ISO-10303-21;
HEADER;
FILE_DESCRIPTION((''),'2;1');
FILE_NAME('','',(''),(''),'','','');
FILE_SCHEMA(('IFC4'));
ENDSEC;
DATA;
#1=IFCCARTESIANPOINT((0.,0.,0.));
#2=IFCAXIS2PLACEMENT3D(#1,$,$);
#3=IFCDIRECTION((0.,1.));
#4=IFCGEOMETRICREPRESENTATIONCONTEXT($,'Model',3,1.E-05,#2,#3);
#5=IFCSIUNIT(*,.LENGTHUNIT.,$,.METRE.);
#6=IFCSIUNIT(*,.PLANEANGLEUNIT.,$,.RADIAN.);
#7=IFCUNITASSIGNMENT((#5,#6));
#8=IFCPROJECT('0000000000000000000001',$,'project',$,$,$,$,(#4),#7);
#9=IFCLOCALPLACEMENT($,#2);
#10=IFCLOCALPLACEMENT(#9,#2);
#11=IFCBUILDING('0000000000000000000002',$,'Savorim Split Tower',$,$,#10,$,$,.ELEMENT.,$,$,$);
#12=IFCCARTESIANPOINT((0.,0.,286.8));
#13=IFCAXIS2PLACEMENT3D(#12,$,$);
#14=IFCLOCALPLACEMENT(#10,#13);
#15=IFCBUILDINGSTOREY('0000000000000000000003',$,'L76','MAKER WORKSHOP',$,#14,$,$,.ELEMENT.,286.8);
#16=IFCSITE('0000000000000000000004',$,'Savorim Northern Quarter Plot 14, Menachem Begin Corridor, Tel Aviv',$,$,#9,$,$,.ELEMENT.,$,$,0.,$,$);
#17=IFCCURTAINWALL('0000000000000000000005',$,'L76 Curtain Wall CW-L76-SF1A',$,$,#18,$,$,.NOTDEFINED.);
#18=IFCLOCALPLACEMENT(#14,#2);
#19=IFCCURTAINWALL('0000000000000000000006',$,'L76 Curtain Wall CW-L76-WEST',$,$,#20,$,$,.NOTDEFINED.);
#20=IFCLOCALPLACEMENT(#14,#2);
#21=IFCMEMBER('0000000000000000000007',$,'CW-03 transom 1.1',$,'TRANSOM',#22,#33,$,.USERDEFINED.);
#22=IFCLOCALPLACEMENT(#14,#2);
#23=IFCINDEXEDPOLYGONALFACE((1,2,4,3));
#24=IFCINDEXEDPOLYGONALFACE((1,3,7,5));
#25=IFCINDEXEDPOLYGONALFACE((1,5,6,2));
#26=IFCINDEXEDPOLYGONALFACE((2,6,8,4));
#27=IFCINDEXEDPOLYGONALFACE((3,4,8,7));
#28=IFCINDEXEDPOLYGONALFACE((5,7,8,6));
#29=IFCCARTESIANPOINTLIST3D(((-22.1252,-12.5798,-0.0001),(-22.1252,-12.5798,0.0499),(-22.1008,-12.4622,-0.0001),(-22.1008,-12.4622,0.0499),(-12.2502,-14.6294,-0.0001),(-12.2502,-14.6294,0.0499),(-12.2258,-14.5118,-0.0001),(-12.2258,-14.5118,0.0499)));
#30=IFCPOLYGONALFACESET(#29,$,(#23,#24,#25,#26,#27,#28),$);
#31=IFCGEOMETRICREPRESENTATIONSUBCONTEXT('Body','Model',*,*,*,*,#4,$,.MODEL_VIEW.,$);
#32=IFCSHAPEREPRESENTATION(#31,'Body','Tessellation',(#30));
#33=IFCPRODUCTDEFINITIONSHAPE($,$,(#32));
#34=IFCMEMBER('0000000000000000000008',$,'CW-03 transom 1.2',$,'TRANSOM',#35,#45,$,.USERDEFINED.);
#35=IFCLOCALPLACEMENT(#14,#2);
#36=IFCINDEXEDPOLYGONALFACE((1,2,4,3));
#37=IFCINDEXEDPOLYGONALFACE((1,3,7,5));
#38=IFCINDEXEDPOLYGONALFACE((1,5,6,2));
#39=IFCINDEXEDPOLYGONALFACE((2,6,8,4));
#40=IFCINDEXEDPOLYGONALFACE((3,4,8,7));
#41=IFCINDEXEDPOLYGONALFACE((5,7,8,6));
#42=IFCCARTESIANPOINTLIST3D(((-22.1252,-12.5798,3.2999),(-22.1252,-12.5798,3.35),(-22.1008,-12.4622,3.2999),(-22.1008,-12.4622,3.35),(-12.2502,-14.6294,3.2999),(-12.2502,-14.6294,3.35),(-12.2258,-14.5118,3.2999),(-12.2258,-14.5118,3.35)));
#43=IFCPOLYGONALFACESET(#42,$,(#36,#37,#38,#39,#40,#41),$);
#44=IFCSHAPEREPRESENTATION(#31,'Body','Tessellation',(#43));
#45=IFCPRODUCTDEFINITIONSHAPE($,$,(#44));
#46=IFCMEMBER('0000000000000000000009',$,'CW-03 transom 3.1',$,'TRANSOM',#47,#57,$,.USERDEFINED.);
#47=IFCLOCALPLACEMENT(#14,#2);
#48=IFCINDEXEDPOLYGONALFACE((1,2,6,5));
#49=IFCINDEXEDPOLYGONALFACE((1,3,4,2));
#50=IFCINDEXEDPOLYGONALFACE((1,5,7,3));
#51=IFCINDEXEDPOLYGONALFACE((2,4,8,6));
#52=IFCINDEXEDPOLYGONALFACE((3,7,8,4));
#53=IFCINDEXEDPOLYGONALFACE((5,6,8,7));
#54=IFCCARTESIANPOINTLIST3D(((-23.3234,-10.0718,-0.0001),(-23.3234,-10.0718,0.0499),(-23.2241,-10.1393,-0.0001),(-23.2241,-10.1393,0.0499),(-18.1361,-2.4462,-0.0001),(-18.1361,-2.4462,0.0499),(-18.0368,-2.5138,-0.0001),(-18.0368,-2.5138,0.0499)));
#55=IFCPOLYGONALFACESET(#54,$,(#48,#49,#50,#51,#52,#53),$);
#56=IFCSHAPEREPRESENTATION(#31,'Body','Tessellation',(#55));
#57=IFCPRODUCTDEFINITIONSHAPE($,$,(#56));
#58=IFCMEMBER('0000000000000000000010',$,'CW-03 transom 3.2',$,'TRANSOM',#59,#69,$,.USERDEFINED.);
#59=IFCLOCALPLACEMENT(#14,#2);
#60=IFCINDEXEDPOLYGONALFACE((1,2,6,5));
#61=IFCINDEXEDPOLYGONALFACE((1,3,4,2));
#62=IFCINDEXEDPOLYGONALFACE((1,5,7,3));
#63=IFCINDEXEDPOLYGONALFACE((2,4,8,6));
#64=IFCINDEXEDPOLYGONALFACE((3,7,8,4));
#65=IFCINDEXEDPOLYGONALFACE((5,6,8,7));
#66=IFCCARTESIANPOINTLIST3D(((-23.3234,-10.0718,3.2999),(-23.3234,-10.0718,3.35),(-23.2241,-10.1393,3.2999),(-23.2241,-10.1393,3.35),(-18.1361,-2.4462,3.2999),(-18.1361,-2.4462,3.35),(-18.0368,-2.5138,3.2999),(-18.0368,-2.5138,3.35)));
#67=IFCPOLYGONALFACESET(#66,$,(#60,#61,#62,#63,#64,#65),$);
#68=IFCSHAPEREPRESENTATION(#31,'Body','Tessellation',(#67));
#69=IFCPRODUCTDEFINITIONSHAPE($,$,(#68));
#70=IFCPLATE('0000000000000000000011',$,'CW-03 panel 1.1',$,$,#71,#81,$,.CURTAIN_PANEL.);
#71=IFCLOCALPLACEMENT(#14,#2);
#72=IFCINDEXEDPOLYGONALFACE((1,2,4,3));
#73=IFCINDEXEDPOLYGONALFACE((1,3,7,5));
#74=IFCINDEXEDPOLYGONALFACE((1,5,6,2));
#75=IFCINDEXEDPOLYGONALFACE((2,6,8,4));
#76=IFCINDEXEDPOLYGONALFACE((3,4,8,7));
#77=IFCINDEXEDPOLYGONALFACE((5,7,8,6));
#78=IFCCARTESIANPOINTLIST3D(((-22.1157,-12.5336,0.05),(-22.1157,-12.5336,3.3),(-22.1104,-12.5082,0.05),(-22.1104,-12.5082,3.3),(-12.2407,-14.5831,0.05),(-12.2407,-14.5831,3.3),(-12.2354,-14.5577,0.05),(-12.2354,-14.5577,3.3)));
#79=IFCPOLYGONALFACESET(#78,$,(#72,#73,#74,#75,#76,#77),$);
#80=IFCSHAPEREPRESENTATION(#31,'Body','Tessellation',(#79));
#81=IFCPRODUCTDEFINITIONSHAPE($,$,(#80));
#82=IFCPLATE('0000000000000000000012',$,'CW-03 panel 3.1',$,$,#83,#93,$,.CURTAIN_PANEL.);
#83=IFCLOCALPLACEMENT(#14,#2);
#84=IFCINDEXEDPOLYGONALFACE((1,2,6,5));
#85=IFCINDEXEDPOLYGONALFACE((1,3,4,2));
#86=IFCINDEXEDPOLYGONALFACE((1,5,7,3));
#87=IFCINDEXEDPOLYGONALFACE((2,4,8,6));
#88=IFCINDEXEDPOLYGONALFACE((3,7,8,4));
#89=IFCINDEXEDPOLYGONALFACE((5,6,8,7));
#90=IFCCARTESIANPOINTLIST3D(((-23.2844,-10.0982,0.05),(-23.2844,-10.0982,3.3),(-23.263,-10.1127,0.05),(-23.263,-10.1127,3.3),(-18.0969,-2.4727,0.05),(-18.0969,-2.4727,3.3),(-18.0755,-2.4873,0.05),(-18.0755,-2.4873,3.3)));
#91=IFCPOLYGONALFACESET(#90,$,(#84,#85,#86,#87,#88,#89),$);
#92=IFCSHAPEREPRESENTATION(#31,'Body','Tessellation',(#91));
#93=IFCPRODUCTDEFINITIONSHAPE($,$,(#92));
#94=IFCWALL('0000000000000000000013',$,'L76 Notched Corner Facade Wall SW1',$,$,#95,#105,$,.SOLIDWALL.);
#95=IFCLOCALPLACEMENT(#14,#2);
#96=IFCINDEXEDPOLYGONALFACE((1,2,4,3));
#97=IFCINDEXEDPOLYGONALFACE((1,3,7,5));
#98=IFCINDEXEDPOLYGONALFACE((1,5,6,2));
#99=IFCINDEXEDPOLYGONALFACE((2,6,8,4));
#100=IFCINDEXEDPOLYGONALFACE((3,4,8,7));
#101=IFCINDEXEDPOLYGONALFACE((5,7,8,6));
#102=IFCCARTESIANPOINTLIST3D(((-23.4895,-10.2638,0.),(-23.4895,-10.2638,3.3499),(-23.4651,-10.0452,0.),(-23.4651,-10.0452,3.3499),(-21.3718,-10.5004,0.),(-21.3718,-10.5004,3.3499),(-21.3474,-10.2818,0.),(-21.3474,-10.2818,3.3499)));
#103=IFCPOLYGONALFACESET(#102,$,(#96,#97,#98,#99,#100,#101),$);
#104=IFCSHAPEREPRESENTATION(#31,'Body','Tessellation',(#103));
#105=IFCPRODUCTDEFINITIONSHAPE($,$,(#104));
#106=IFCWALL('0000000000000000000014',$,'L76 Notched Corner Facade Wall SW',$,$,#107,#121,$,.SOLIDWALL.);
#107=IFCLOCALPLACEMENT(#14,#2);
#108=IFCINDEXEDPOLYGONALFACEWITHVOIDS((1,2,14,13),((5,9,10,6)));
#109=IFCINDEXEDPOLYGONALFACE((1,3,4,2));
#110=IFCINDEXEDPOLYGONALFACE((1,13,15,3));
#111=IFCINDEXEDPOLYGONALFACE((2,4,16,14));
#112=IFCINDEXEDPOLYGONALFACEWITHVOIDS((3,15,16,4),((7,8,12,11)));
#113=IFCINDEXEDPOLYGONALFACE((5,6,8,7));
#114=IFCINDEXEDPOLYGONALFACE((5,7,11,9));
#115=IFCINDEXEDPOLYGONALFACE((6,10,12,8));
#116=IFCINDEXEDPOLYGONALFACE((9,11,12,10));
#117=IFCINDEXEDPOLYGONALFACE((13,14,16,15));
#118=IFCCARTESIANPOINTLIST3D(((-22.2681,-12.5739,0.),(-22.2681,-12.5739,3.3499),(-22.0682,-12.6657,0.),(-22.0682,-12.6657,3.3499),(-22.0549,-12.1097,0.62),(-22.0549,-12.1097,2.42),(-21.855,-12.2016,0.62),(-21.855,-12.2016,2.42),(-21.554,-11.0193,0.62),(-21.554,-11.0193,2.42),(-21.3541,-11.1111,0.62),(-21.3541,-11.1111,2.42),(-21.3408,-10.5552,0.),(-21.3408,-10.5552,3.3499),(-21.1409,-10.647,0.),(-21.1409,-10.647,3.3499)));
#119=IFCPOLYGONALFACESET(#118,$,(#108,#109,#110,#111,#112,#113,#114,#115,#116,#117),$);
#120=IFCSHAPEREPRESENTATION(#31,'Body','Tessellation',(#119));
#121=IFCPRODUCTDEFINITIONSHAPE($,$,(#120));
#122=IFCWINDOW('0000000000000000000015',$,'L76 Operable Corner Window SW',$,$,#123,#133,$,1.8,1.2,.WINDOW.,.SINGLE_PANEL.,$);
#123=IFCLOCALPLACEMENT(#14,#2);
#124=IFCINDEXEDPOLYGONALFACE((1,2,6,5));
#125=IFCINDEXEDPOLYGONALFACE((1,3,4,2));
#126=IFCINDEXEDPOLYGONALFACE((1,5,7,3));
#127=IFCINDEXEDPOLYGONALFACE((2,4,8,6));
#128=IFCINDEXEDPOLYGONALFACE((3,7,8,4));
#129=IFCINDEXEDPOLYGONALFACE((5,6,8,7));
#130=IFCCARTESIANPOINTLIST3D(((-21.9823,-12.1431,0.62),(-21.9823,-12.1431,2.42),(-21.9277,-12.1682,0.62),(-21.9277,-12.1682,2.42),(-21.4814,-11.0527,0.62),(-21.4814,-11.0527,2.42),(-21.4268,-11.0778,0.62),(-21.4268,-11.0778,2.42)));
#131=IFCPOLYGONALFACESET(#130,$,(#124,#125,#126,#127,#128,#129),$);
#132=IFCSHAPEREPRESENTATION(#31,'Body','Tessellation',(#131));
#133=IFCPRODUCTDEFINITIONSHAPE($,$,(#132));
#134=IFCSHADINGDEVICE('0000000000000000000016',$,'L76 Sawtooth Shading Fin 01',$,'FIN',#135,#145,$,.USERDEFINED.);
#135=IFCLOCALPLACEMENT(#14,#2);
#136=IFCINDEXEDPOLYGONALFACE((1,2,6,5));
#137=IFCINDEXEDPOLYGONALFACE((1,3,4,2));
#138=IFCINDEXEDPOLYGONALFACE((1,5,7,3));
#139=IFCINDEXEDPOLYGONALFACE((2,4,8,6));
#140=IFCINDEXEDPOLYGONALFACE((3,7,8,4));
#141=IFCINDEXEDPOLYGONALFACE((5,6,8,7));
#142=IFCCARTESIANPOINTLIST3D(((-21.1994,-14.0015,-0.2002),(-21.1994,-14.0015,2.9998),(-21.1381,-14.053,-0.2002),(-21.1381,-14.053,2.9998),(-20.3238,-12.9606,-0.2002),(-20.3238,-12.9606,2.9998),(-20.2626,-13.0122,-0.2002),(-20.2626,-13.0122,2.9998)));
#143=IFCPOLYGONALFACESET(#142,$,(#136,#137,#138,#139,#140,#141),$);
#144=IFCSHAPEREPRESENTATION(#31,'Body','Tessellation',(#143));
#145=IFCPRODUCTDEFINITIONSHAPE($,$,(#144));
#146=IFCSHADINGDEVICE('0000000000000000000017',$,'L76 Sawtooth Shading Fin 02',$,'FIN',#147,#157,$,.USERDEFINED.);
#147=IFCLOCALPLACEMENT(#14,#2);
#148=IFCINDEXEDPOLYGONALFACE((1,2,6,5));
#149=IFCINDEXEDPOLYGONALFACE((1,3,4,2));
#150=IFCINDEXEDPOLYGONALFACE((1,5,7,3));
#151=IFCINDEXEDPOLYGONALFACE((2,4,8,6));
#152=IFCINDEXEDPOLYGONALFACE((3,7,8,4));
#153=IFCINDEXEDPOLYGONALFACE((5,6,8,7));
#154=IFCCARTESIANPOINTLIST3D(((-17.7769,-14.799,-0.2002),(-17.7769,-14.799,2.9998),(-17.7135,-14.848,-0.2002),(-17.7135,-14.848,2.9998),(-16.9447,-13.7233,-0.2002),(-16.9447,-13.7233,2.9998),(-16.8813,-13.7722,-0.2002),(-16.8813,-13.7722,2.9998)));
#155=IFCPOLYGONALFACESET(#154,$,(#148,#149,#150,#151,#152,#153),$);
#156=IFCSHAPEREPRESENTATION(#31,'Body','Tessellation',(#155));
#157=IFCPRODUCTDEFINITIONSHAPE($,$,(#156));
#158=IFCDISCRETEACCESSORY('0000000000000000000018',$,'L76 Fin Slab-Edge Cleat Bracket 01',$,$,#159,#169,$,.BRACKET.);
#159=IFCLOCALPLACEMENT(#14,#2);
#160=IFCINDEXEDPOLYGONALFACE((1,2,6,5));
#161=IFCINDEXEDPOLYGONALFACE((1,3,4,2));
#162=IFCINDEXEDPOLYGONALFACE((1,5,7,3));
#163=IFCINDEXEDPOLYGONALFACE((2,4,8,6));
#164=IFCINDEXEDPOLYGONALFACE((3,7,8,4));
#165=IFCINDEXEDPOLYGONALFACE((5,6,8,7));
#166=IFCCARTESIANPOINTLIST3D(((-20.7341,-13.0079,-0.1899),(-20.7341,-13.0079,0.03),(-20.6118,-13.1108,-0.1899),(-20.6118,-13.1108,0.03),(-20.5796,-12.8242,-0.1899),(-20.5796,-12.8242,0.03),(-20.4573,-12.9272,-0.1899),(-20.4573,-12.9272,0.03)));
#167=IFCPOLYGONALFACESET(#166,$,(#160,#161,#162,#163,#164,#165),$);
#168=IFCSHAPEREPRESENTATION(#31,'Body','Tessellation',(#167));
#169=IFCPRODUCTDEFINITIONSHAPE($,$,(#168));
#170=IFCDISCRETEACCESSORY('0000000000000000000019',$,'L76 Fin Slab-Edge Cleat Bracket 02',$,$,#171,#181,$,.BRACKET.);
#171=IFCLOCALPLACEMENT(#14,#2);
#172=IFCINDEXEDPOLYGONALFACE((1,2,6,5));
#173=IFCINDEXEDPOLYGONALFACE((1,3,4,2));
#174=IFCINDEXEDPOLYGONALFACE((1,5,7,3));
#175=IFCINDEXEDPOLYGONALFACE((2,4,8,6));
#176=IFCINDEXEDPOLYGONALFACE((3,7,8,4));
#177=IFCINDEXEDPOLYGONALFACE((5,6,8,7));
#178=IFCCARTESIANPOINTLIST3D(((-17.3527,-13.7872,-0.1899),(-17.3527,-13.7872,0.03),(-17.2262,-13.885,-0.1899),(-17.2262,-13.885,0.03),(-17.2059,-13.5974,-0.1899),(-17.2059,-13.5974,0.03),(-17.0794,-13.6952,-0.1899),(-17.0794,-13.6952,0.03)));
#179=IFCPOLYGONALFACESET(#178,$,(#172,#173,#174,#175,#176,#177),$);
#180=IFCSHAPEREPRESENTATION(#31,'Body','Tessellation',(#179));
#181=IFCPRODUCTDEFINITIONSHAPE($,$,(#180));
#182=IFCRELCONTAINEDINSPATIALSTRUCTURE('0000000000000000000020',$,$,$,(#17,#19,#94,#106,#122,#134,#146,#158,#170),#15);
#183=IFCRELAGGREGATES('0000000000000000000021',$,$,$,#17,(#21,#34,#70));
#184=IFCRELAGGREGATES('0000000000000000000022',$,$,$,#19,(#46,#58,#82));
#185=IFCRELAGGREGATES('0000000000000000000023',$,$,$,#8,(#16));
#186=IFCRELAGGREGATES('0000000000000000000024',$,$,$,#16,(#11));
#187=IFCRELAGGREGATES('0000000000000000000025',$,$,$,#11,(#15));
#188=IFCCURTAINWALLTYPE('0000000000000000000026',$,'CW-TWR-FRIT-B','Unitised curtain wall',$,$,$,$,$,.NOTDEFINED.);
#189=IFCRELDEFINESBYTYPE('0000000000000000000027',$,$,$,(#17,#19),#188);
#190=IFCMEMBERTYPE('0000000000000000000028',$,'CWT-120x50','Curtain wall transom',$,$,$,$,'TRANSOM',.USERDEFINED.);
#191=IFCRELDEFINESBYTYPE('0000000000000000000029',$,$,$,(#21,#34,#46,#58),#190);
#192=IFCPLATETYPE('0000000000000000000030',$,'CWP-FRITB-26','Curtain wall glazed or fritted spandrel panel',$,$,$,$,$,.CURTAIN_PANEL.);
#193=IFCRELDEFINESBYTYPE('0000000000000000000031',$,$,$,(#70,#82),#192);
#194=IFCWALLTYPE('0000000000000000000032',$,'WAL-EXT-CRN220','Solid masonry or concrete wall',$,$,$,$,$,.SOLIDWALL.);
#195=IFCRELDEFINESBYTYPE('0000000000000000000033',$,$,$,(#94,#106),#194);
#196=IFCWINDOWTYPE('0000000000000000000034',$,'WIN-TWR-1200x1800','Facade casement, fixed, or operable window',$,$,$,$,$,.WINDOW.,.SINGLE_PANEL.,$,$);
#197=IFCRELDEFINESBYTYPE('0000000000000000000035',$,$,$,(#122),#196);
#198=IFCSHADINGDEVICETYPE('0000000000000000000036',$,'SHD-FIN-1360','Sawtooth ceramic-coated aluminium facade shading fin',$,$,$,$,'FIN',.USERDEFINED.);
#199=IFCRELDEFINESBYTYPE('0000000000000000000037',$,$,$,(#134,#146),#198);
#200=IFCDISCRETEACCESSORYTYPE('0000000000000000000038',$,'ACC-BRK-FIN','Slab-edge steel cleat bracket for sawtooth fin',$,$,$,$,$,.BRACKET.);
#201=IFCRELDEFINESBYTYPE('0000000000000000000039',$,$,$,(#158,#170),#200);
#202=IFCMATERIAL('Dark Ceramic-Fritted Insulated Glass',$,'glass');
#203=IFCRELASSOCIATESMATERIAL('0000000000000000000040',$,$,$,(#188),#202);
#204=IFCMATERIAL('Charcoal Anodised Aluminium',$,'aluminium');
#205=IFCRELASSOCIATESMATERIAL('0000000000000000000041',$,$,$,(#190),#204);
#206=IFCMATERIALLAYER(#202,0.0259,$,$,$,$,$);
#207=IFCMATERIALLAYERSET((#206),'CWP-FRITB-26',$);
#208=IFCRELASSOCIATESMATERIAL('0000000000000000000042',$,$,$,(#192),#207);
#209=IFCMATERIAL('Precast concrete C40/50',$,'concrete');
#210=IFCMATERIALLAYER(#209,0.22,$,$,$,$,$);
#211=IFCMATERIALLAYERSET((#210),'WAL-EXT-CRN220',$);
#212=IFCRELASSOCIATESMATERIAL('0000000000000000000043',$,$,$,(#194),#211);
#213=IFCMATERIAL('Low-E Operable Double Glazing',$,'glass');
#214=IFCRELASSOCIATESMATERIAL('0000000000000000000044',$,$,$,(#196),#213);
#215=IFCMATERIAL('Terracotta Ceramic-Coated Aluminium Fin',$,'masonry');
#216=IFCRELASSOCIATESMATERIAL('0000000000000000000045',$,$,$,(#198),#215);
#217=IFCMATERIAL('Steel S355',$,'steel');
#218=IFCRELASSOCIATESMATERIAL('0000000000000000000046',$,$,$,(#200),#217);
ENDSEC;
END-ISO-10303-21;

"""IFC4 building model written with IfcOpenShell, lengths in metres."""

from ifc_helpers import new_model, si_unit, direction, frame, frame_2d, origin, origin_2d, place, context, subcontext, project, spatial, rectangle, extrude, material, layer, layer_set, material_profile, profile_set, type_object, element, fill, aggregate, save


model = new_model("IFC4")

# Units and contexts
model_context = context("Model", 3, precision=1e-05, world=origin(), true_north=direction((0.0, 1.0)))
body_context = subcontext(model_context, "Body", "Model", "MODEL_VIEW")
ifc_project = project(units=[si_unit("LENGTHUNIT", "METRE"), si_unit("PLANEANGLEUNIT", "RADIAN")], contexts=[model_context])

# Site, building, storey
site_placement = place(None, origin())
site = spatial("IfcSite", under=ifc_project, at=site_placement, Name="Savorim Northern Quarter Plot 14, Menachem Begin Corridor, Tel Aviv", CompositionType="ELEMENT", RefElevation=0.0)
building_placement = place(site_placement, origin())
building = spatial("IfcBuilding", under=site, at=building_placement, Name="Savorim Split Tower", CompositionType="ELEMENT")
storey_placement = place(building_placement, frame((0.0, 0.0, 286.8)))
storey = spatial("IfcBuildingStorey", under=building, at=storey_placement, Name="L76", Description="MAKER WORKSHOP", CompositionType="ELEMENT", Elevation=286.8)

# Shared definitions
ifc_material_1 = material(Name="Steel S355", Category="steel")

# Curtain wall
ifc_material_2 = material(Name="Dark Ceramic-Fritted Insulated Glass", Category="glass")
curtain_wall_type = type_object("IfcCurtainWallType", Name="CW-TWR-FRIT-B", Description="Unitised curtain wall", PredefinedType="NOTDEFINED", material=ifc_material_2)
curtain_wall_1_placement = place(storey_placement, origin())
curtain_wall_1 = element("IfcCurtainWall", 1, at=curtain_wall_1_placement, inside=storey, type_object=curtain_wall_type, Name="L76 Curtain Wall CW-L76-SF1A", PredefinedType="NOTDEFINED")
ifc_material_3 = material(Name="Charcoal Anodised Aluminium", Category="aluminium")

# Curtain wall
curtain_wall_2_placement = place(storey_placement, origin())
curtain_wall_2 = element("IfcCurtainWall", 2, at=curtain_wall_2_placement, inside=storey, type_object=curtain_wall_type, Name="L76 Curtain Wall CW-L76-WEST", PredefinedType="NOTDEFINED")

# Members
ifc_material_profile_1 = material_profile(ifc_material_3, rectangle(XDim=0.1201, YDim=0.05, at=origin_2d()), Name="ALU-T 120x50")
ifc_profile_set_1 = profile_set([ifc_material_profile_1], Name="Charcoal Anodised Aluminium")
member_type_1 = type_object("IfcMemberType", Name="CWT-120x50", Description="Curtain wall transom", ElementType="TRANSOM", PredefinedType="USERDEFINED", material=ifc_profile_set_1)
member_1_placement = place(storey_placement, frame((-22.113, -12.521, 0.0249), z_axis=(0.979133, -0.20322, 0.0), x_axis=(0.20322, 0.979133, 0.0)))
member_1 = element("IfcMember", 3, at=member_1_placement, type_object=member_type_1, Name="CW-03 transom 1.1", ObjectType="TRANSOM", PredefinedType="USERDEFINED", context=body_context, shape_type="SweptSolid", body=[
    extrude(rectangle(XDim=0.1201, YDim=0.05, at=origin_2d()), origin(), (0.0, 0.0, 1.0), 10.0854),
])
member_2_placement = place(storey_placement, frame((-22.113, -12.521, 3.325), z_axis=(0.979133, -0.20322, 0.0), x_axis=(0.20322, 0.979133, 0.0)))
member_2 = element("IfcMember", 4, at=member_2_placement, type_object=member_type_1, Name="CW-03 transom 1.2", ObjectType="TRANSOM", PredefinedType="USERDEFINED", context=body_context, shape_type="SweptSolid", body=[
    extrude(rectangle(XDim=0.1201, YDim=0.05, at=origin_2d()), origin(), (0.0, 0.0, 1.0), 10.0854),
])
member_3_placement = place(storey_placement, frame((-18.0864, -2.48, 0.0249), z_axis=(-0.562453, -0.826829, 0.0), x_axis=(0.826829, -0.562453, 0.0)))
member_3 = element("IfcMember", 5, at=member_3_placement, type_object=member_type_1, Name="CW-03 transom 3.1", ObjectType="TRANSOM", PredefinedType="USERDEFINED", context=body_context, shape_type="SweptSolid", body=[
    extrude(rectangle(XDim=0.1201, YDim=0.05, at=origin_2d()), origin(), (0.0, 0.0, 1.0), 9.2227),
])
member_4_placement = place(storey_placement, frame((-18.0864, -2.48, 3.325), z_axis=(-0.562453, -0.826829, 0.0), x_axis=(0.826829, -0.562453, 0.0)))
member_4 = element("IfcMember", 6, at=member_4_placement, type_object=member_type_1, Name="CW-03 transom 3.2", ObjectType="TRANSOM", PredefinedType="USERDEFINED", context=body_context, shape_type="SweptSolid", body=[
    extrude(rectangle(XDim=0.1201, YDim=0.05, at=origin_2d()), origin(), (0.0, 0.0, 1.0), 9.2227),
])

# Plates
ifc_layer_1 = layer(ifc_material_2, 0.0259)
ifc_layer_set_1 = layer_set([ifc_layer_1], Name="CWP-FRITB-26")
plate_type = type_object("IfcPlateType", Name="CWP-FRITB-26", Description="Curtain wall glazed or fritted spandrel panel", PredefinedType="CURTAIN_PANEL", material=ifc_layer_set_1)
plate_1_placement = place(storey_placement, frame((-17.1755, -13.5457, 0.05), z_axis=(0.0, 0.0, 1.0), x_axis=(0.979134, -0.203215, 0.0)))
plate_1 = element("IfcPlate", 7, at=plate_1_placement, type_object=plate_type, Name="CW-03 panel 1.1", PredefinedType="CURTAIN_PANEL", context=body_context, shape_type="SweptSolid", body=[
    extrude(rectangle(XDim=10.0854, YDim=0.0259, at=origin_2d()), origin(), (0.0, 0.0, 1.0), 3.25),
])
aggregate(curtain_wall_1, [member_1, member_2, plate_1])
plate_2_placement = place(storey_placement, frame((-20.6799, -6.2927, 0.05), z_axis=(0.0, 0.0, 1.0), x_axis=(-0.56247, -0.826818, 0.0)))
plate_2 = element("IfcPlate", 8, at=plate_2_placement, type_object=plate_type, Name="CW-03 panel 3.1", PredefinedType="CURTAIN_PANEL", context=body_context, shape_type="SweptSolid", body=[
    extrude(rectangle(XDim=9.2227, YDim=0.0259, at=origin_2d()), origin(), (0.0, 0.0, 1.0), 3.25),
])
aggregate(curtain_wall_2, [member_3, member_4, plate_2])

# Wall
ifc_material_4 = material(Name="Precast concrete C40/50", Category="concrete")
ifc_layer_2 = layer(ifc_material_4, 0.22)
ifc_layer_set_2 = layer_set([ifc_layer_2], Name="WAL-EXT-CRN220")
wall_type = type_object("IfcWallType", Name="WAL-EXT-CRN220", Description="Solid masonry or concrete wall", PredefinedType="SOLIDWALL", material=ifc_layer_set_2)
wall_1_placement = place(storey_placement, frame((-21.3596, -10.3911, 0.0), z_axis=(0.0, 0.0, 1.0), x_axis=(-0.993818, 0.111023, 0.0)))
element("IfcWall", 9, at=wall_1_placement, inside=storey, type_object=wall_type, Name="L76 Notched Corner Facade Wall SW1", PredefinedType="SOLIDWALL", context=body_context, shape_type="SweptSolid", body=[
    extrude(rectangle(XDim=2.1309, YDim=0.22, at=frame_2d((1.0654, 0.0))), origin(), (0.0, 0.0, 1.0), 3.3499),
])

# Wall, opening, window
wall_2_placement = place(storey_placement, frame((-22.1682, -12.6199, 0.0), z_axis=(0.0, 0.0, 1.0), x_axis=(0.417427, 0.908711, 0.0)))
wall_2 = element("IfcWall", 10, at=wall_2_placement, inside=storey, type_object=wall_type, Name="L76 Notched Corner Facade Wall SW", PredefinedType="SOLIDWALL", context=body_context, shape_type="SweptSolid", body=[
    extrude(rectangle(XDim=2.2214, YDim=0.22, at=frame_2d((1.1108, 0.0))), origin(), (0.0, 0.0, 1.0), 3.3499),
])
opening_placement = place(wall_2_placement, frame((0.5107, 0.0, 0.6201)))
opening = element("IfcOpeningElement", 11, at=opening_placement, cuts=wall_2, PredefinedType="OPENING", context=body_context, shape_type="SweptSolid", body=[
    extrude(rectangle(XDim=1.2, YDim=1.8, at=frame_2d((0.6001, 0.8999))), frame((0.0, 0.1199, 0.0), z_axis=(0.0, -1.0, 0.0), x_axis=(1.0, 0.0, 0.0)), (0.0, 0.0, 1.0), 0.24),
])
ifc_material_5 = material(Name="Low-E Operable Double Glazing", Category="glass")
window_type = type_object("IfcWindowType", Name="WIN-TWR-1200x1800", Description="Facade casement, fixed, or operable window", PartitioningType="SINGLE_PANEL", PredefinedType="WINDOW", material=ifc_material_5)
window_placement = place(opening_placement, origin())
window = element("IfcWindow", 12, at=window_placement, inside=storey, type_object=window_type, Name="L76 Operable Corner Window SW", OverallHeight=1.8, OverallWidth=1.2, PartitioningType="SINGLE_PANEL", PredefinedType="WINDOW", context=body_context, shape_type="SweptSolid", body=[
    extrude(rectangle(XDim=1.2, YDim=1.8, at=frame_2d((0.6001, 0.8999))), frame((0.0, 0.03, 0.0), z_axis=(0.0, -1.0, 0.0), x_axis=(1.0, 0.0, 0.0)), (0.0, 0.0, 1.0), 0.0601),
])
fill(opening, window)

# Shading devices
ifc_material_6 = material(Name="Terracotta Ceramic-Coated Aluminium Fin", Category="masonry")
shading_device_type = type_object("IfcShadingDeviceType", Name="SHD-FIN-1360", Description="Sawtooth ceramic-coated aluminium facade shading fin", ElementType="FIN", PredefinedType="USERDEFINED", material=ifc_material_6)
for number, where, z_axis, x_axis, name in (
    (13, (-20.731, -13.5068, -0.2002), (0.0, 0.0, 1.0), (-0.643719, -0.765262, 0.0), "L76 Sawtooth Shading Fin 01"),
    (14, (-17.3291, -14.2856, -0.2002), (0.0, 0.0, 1.0), (-0.611868, -0.79096, 0.0), "L76 Sawtooth Shading Fin 02"),
):
    element("IfcShadingDevice", number, at=place(storey_placement, frame(where, z_axis=z_axis, x_axis=x_axis)), inside=storey, type_object=shading_device_type, Name=name, ObjectType="FIN", PredefinedType="USERDEFINED", context=body_context, shape_type="SweptSolid", body=[
        extrude(rectangle(XDim=1.3601, YDim=0.0801, at=origin_2d()), origin(), (0.0, 0.0, 1.0), 3.2),
    ])

# Discrete accessories
discrete_accessory_type = type_object("IfcDiscreteAccessoryType", Name="ACC-BRK-FIN", Description="Slab-edge steel cleat bracket for sawtooth fin", PredefinedType="BRACKET", material=ifc_material_1)
for number, where, z_axis, x_axis, name in (
    (15, (-20.5957, -12.9675, -0.1899), (0.0, 0.0, 1.0), (-0.643719, -0.765262, 0.0), "L76 Fin Slab-Edge Cleat Bracket 01"),
    (16, (-17.2161, -13.7412, -0.1899), (0.0, 0.0, 1.0), (-0.611868, -0.79096, 0.0), "L76 Fin Slab-Edge Cleat Bracket 02"),
):
    element("IfcDiscreteAccessory", number, at=place(storey_placement, frame(where, z_axis=z_axis, x_axis=x_axis)), inside=storey, type_object=discrete_accessory_type, Name=name, PredefinedType="BRACKET", context=body_context, shape_type="SweptSolid", body=[
        extrude(rectangle(XDim=0.24, YDim=0.1599, at=origin_2d()), origin(), (0.0, 0.0, 1.0), 0.22),
    ])

save(model, "model.ifc")
